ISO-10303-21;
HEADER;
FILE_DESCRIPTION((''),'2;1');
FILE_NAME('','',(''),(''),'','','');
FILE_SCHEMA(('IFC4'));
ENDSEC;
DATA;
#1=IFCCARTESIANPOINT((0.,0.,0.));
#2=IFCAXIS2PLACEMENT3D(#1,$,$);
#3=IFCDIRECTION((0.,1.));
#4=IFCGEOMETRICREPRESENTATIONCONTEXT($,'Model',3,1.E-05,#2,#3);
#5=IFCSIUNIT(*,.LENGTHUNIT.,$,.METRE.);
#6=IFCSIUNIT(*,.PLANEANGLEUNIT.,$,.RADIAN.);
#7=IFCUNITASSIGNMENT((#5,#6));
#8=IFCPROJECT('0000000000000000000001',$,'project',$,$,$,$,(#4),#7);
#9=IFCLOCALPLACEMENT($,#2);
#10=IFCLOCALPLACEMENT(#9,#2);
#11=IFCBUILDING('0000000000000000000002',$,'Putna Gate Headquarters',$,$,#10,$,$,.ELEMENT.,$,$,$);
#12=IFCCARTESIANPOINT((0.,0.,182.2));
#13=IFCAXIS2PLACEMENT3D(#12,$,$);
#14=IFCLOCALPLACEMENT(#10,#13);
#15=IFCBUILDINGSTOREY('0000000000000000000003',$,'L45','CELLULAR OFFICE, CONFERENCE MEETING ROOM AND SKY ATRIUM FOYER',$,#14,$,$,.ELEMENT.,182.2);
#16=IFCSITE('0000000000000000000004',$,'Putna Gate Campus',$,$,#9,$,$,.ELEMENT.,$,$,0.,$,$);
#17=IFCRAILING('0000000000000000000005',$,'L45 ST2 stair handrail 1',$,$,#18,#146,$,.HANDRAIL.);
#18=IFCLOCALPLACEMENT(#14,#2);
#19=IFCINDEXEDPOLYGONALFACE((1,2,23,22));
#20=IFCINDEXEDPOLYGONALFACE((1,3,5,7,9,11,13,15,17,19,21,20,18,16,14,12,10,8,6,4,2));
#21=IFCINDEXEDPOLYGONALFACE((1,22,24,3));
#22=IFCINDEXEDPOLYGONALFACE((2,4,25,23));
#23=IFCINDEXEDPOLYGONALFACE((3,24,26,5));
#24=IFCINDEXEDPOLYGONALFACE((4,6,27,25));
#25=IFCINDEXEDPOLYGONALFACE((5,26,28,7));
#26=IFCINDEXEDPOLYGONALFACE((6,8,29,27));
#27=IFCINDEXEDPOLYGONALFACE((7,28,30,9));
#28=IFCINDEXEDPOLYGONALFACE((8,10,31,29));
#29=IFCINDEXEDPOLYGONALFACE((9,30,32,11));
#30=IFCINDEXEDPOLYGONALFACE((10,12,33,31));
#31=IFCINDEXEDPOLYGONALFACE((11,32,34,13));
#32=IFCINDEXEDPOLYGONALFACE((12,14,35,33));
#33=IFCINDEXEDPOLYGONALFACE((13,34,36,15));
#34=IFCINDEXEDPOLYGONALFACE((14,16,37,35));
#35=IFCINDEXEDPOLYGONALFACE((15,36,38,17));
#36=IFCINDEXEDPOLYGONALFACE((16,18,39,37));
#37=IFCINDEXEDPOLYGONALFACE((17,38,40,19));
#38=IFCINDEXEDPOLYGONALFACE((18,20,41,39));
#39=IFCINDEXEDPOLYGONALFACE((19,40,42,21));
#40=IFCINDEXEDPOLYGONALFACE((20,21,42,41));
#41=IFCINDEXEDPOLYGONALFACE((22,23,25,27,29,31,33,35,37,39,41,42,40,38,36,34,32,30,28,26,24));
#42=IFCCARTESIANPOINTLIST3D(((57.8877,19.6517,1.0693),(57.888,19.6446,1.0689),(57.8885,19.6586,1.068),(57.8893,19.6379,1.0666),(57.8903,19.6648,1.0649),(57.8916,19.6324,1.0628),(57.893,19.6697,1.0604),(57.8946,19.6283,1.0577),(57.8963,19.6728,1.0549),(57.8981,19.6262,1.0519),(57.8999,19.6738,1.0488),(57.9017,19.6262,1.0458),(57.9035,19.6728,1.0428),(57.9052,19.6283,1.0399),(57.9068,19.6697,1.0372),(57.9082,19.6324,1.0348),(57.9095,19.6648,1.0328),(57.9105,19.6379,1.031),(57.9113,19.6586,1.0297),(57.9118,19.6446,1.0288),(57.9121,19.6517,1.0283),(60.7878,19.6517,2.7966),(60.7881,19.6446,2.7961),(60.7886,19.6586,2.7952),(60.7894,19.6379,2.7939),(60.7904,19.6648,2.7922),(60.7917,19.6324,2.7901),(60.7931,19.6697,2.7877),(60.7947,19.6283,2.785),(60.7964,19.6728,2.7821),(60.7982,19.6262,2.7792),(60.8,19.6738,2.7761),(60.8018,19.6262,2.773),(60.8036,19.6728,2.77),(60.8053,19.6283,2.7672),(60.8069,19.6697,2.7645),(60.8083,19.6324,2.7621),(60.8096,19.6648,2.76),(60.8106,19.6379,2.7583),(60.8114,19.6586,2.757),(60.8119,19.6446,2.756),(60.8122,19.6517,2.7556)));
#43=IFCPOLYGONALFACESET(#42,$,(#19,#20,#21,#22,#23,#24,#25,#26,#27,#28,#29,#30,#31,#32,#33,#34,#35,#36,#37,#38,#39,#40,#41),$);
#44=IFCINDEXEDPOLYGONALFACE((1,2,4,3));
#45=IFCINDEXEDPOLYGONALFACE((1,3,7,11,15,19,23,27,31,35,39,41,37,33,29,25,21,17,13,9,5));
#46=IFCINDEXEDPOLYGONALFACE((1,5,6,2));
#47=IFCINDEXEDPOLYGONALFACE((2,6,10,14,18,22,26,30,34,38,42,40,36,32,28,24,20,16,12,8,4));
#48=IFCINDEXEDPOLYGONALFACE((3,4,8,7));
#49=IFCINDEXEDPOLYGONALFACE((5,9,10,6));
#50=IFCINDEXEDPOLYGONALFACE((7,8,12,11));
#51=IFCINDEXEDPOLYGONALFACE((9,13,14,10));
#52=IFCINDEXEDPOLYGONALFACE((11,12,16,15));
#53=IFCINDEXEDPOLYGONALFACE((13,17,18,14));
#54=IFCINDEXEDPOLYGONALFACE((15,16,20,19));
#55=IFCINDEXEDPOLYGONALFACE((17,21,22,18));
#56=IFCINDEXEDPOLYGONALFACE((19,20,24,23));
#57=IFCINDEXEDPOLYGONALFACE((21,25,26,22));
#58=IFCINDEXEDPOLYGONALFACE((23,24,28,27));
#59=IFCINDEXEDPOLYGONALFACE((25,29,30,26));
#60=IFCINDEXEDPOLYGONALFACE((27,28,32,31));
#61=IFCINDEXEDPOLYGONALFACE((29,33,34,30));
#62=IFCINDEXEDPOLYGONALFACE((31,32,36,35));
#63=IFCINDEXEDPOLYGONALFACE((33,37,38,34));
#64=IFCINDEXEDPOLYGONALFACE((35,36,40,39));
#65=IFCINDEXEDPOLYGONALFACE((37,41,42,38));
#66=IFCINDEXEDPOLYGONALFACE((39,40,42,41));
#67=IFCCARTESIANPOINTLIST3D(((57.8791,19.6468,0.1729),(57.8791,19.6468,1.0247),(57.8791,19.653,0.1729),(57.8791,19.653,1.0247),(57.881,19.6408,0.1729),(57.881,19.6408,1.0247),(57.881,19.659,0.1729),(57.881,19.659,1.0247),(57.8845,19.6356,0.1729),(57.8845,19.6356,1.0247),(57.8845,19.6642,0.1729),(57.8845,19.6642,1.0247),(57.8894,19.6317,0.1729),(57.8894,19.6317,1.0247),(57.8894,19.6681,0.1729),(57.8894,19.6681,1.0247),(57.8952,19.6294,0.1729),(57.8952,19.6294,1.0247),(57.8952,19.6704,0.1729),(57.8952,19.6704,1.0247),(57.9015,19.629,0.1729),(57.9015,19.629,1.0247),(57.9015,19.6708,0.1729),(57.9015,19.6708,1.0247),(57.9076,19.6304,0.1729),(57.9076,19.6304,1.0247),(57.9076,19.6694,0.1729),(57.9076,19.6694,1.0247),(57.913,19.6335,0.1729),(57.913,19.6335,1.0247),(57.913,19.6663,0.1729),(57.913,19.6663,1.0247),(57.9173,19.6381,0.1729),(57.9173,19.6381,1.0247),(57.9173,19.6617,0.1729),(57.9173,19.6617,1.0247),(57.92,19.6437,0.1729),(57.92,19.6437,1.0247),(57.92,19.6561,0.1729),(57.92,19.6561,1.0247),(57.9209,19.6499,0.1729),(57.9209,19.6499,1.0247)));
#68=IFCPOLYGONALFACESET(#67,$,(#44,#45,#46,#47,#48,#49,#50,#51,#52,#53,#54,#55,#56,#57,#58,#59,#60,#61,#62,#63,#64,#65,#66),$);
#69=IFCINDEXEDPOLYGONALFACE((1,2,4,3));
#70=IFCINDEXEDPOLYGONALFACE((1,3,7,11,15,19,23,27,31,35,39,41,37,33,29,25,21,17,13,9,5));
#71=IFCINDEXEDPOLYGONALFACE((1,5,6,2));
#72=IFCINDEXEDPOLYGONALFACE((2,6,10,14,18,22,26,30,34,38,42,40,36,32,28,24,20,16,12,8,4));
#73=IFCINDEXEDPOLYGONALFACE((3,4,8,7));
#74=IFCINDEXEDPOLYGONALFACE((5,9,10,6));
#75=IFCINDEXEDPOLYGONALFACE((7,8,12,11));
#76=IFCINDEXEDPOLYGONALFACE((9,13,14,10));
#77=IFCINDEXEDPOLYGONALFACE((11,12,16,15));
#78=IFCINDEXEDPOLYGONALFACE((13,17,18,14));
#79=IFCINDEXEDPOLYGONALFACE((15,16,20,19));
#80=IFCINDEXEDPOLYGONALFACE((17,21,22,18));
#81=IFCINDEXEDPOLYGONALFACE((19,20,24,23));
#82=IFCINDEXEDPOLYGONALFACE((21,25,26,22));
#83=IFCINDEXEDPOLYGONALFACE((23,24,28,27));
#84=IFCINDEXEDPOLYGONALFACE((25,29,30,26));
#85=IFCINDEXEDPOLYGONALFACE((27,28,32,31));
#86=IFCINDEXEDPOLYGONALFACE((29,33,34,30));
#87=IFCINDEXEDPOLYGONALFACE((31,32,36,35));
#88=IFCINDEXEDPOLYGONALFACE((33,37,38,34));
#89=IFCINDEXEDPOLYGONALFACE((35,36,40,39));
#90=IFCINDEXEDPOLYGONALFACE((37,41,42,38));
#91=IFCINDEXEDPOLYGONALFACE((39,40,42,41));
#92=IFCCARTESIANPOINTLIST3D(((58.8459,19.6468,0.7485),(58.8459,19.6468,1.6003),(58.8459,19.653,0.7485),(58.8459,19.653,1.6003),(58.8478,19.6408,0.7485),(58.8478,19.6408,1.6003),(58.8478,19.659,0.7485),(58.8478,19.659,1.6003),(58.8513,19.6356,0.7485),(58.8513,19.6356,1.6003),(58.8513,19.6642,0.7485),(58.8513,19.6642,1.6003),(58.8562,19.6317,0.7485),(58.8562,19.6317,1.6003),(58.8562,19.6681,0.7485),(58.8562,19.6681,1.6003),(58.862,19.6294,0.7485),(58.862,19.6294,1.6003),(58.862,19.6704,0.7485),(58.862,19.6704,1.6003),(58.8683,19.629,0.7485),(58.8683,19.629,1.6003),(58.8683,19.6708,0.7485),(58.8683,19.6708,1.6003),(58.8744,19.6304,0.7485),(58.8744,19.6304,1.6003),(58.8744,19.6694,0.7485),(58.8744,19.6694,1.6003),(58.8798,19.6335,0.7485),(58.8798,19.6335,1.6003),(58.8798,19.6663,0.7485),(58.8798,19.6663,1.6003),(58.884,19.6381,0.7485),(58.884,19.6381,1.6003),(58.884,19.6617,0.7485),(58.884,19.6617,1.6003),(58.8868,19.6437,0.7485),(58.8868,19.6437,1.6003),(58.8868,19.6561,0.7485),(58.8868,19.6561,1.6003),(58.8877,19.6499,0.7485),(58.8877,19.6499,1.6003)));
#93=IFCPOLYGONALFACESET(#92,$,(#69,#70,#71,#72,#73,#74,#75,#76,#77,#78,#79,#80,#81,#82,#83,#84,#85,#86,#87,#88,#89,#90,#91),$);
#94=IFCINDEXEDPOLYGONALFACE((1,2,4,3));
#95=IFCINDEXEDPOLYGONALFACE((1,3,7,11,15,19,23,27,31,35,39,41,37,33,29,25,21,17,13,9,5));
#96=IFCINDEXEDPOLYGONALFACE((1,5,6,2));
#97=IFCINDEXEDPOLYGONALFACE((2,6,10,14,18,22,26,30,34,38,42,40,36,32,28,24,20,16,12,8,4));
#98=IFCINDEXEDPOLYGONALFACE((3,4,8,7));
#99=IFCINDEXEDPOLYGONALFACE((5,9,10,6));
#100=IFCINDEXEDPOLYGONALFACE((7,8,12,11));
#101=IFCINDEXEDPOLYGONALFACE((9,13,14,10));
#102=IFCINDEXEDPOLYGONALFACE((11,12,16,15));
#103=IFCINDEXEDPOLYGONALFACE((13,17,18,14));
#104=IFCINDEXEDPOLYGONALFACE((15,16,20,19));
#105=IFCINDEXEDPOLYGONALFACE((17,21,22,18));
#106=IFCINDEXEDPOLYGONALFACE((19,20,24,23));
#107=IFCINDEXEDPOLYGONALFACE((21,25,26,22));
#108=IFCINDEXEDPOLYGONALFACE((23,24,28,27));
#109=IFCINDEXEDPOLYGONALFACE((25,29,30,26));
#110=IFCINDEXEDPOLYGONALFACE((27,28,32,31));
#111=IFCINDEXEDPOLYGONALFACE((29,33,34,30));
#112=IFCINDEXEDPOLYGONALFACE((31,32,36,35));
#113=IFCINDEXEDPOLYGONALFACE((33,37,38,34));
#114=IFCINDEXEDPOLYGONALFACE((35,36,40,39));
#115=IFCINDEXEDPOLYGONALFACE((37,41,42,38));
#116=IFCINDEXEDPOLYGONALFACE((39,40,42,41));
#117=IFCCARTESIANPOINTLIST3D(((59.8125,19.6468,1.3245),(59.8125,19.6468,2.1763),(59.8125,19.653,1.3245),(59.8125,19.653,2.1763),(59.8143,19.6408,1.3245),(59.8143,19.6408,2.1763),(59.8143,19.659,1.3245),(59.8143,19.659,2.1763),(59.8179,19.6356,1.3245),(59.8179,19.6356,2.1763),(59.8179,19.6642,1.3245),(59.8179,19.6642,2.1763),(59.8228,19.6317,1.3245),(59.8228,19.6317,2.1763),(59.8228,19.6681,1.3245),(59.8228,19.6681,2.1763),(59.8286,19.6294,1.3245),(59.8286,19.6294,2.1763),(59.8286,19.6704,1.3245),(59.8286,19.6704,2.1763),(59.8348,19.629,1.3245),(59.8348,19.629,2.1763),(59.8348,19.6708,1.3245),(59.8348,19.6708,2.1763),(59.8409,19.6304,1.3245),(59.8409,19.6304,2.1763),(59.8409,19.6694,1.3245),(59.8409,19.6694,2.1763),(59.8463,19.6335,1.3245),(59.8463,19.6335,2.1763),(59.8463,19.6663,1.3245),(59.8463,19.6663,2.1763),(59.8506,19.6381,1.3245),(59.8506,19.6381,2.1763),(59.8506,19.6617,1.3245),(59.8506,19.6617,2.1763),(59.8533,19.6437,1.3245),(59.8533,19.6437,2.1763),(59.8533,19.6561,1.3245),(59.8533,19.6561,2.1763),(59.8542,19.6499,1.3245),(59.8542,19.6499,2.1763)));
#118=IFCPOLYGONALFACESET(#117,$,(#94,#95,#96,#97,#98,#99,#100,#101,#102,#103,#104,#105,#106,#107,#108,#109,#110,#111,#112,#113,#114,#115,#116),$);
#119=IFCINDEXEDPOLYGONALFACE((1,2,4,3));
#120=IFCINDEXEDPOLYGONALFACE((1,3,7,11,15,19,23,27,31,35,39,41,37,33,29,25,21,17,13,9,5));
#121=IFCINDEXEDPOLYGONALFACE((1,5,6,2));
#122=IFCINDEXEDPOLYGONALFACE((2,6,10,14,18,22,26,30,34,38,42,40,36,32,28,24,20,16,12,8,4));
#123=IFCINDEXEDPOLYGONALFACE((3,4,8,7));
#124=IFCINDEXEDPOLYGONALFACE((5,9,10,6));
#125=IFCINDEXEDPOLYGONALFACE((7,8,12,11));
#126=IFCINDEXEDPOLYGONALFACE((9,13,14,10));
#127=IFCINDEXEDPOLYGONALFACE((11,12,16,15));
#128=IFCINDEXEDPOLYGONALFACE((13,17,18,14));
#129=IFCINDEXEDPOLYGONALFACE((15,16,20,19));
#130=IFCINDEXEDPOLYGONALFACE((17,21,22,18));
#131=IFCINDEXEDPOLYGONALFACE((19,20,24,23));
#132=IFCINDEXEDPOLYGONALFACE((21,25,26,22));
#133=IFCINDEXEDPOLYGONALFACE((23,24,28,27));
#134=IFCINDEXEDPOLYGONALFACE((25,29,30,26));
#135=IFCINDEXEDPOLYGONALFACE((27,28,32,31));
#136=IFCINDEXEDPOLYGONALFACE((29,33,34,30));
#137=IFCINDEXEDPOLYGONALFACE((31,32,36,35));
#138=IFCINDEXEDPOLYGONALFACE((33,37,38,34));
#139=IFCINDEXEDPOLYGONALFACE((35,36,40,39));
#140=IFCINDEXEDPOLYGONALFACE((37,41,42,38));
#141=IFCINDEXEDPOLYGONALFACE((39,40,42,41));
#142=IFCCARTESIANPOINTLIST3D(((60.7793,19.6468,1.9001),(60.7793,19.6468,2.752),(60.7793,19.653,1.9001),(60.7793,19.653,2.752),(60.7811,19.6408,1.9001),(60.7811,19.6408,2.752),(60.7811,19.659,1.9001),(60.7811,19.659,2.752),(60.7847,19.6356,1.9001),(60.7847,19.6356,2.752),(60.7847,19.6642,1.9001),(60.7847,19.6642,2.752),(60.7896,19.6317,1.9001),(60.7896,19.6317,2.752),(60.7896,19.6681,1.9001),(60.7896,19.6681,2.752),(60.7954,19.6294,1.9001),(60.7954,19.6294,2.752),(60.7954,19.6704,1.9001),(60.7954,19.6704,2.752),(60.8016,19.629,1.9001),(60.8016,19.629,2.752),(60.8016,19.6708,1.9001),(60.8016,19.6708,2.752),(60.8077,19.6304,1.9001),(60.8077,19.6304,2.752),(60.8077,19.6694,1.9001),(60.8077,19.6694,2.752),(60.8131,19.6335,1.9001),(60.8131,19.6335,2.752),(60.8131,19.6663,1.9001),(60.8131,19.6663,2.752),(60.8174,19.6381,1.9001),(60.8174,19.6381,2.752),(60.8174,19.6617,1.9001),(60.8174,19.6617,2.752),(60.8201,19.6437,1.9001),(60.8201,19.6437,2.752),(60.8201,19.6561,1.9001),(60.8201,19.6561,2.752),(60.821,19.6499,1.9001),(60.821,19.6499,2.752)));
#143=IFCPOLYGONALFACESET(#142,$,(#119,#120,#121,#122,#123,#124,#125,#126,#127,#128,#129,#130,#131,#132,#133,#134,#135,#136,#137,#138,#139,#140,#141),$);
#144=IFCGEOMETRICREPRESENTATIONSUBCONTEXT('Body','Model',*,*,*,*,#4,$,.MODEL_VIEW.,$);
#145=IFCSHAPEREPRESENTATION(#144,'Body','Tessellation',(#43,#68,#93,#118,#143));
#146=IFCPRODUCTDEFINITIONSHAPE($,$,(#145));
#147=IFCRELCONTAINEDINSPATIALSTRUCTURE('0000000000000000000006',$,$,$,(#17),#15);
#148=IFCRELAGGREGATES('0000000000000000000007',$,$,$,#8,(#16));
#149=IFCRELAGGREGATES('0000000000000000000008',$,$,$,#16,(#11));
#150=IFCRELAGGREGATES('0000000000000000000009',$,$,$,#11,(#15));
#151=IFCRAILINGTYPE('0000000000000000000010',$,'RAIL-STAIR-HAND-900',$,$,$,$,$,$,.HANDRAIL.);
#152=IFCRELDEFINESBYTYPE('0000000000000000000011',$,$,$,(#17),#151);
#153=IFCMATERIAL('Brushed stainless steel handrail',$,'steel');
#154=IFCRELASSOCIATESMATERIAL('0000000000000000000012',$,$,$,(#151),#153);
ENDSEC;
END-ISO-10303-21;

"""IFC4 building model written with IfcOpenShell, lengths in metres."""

from ifc_helpers import new_model, si_unit, direction, frame, origin, origin_2d, place, context, subcontext, project, spatial, circle, extrude, material, type_object, element, save


model = new_model("IFC4")

# Units and contexts
model_context = context("Model", 3, precision=1e-05, world=origin(), true_north=direction((0.0, 1.0)))
body_context = subcontext(model_context, "Body", "Model", "MODEL_VIEW")
ifc_project = project(units=[si_unit("LENGTHUNIT", "METRE"), si_unit("PLANEANGLEUNIT", "RADIAN")], contexts=[model_context])

# Site, building, storey
site_placement = place(None, origin())
site = spatial("IfcSite", under=ifc_project, at=site_placement, Name="Putna Gate Campus", CompositionType="ELEMENT", RefElevation=0.0)
building_placement = place(site_placement, origin())
building = spatial("IfcBuilding", under=site, at=building_placement, Name="Putna Gate Headquarters", CompositionType="ELEMENT")
storey_placement = place(building_placement, frame((0.0, 0.0, 182.2)))
storey = spatial("IfcBuildingStorey", under=building, at=storey_placement, Name="L45", Description="CELLULAR OFFICE, CONFERENCE MEETING ROOM AND SKY ATRIUM FOYER", CompositionType="ELEMENT", Elevation=182.2)

# Railing
ifc_material_1 = material(Name="Brushed stainless steel handrail", Category="steel")
railing_type_1 = type_object("IfcRailingType", Name="RAIL-STAIR-HAND-900", PredefinedType="HANDRAIL", material=ifc_material_1)
railing_1_placement = place(storey_placement, frame((57.8999, 19.6499, 0.1729)))
element("IfcRailing", 1, at=railing_1_placement, inside=storey, type_object=railing_type_1, Name="L45 ST2 stair handrail 1", PredefinedType="HANDRAIL", context=body_context, shape_type="SweptSolid", body=[
    extrude(circle(Radius=0.0239, at=origin_2d()), frame((0.0, 0.0, 0.876), z_axis=(0.85916, 0.0, 0.511706), x_axis=(0.0, 1.0, 0.0)), (0.0, 0.0, 1.0), 3.3755),
    extrude(circle(Radius=0.021, at=origin_2d()), origin(), (0.0, 0.0, 1.0), 0.8518),
    extrude(circle(Radius=0.021, at=origin_2d()), frame((0.9668, 0.0, 0.5757)), (0.0, 0.0, 1.0), 0.8518),
    extrude(circle(Radius=0.021, at=origin_2d()), frame((1.9333, 0.0, 1.1516)), (0.0, 0.0, 1.0), 0.8518),
    extrude(circle(Radius=0.021, at=origin_2d()), frame((2.9001, 0.0, 1.7273)), (0.0, 0.0, 1.0), 0.8518),
])

save(model, "model.ifc")
